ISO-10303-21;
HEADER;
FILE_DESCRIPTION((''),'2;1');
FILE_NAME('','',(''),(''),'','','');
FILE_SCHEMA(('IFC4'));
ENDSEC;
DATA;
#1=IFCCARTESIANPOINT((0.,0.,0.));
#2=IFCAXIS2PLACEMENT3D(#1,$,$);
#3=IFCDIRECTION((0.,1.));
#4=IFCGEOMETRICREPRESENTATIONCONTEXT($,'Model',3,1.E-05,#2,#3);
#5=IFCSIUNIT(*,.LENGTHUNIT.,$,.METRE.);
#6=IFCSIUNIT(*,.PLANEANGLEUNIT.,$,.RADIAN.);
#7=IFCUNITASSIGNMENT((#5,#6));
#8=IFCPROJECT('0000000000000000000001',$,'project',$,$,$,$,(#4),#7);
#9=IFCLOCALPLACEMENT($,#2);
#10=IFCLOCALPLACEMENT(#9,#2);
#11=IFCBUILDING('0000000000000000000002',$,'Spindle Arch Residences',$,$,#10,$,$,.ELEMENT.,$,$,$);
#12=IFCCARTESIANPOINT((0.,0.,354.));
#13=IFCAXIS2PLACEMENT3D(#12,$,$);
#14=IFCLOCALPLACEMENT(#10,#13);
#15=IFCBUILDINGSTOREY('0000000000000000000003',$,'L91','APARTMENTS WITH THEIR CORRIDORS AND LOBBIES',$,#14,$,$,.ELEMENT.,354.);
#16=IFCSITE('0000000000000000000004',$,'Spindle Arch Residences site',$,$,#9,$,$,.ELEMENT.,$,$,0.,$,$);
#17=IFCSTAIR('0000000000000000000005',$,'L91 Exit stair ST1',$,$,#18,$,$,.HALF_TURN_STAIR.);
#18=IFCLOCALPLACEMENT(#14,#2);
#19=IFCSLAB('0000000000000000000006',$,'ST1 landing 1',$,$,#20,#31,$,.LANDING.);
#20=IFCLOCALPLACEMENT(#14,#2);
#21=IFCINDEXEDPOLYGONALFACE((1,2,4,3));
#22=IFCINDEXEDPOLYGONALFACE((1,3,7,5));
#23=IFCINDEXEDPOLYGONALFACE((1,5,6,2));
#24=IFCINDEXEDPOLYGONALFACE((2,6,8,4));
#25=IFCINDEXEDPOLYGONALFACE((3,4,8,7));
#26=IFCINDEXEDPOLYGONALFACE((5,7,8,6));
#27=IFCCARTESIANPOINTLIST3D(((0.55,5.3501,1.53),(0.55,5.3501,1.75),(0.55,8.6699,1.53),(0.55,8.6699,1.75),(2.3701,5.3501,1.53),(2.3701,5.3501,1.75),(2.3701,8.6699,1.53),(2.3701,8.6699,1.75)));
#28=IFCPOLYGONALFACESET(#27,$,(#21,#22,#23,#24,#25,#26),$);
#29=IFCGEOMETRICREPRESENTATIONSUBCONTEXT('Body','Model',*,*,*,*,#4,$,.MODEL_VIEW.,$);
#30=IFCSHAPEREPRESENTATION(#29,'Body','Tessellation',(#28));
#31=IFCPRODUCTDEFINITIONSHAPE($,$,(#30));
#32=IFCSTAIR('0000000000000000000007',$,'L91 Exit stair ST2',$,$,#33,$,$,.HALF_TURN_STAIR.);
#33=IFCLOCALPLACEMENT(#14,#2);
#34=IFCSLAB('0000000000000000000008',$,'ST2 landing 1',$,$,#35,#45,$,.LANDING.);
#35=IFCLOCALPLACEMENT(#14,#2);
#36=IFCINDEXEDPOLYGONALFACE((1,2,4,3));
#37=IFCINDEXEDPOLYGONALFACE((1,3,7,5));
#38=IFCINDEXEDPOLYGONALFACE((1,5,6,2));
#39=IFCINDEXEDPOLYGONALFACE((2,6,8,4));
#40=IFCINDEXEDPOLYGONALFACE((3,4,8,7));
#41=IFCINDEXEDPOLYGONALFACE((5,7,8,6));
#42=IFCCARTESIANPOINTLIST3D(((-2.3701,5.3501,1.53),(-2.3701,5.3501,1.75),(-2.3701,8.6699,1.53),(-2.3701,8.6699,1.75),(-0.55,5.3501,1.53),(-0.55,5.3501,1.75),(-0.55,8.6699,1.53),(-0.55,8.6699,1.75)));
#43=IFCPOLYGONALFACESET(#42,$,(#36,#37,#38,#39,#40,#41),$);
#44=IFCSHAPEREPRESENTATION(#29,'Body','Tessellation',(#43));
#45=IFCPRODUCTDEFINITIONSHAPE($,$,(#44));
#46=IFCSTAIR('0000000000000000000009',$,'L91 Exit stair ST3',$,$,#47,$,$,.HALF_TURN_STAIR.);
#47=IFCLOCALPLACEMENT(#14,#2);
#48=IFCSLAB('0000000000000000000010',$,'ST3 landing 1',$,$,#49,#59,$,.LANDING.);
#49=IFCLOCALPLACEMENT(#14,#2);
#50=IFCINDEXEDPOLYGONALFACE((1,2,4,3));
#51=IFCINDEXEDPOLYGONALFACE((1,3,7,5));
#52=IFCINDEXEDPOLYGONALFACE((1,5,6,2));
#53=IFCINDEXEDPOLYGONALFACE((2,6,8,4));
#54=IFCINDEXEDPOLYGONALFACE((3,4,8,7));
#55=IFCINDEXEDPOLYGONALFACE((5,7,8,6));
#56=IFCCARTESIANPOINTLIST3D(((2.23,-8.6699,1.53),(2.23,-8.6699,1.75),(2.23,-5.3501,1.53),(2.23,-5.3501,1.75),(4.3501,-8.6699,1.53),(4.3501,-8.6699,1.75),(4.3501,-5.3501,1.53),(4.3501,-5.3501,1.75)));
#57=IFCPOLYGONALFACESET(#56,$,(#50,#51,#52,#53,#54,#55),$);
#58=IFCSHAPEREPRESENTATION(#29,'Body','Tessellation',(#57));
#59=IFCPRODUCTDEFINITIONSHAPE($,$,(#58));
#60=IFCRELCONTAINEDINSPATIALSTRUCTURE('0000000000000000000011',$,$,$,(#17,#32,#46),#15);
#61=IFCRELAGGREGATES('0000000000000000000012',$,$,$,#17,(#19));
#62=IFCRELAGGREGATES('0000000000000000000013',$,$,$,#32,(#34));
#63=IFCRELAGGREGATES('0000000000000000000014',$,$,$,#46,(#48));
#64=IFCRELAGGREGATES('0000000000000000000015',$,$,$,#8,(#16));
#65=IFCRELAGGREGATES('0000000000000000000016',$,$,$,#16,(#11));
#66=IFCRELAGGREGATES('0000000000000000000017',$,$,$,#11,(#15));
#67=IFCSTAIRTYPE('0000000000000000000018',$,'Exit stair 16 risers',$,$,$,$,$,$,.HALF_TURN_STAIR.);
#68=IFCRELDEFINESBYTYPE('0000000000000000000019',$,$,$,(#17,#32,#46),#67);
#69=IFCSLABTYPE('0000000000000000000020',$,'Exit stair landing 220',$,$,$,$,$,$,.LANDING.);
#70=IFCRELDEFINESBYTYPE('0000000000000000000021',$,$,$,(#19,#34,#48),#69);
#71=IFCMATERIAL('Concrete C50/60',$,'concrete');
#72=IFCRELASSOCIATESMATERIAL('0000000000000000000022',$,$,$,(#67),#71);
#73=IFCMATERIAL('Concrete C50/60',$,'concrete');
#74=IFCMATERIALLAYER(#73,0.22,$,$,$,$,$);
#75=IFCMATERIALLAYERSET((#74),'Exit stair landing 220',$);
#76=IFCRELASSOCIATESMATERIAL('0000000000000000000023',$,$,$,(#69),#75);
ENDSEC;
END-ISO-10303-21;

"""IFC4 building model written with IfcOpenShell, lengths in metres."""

from ifc_helpers import new_model, si_unit, direction, frame, origin, place, context, subcontext, project, spatial, polyline, outline, extrude, material, layer, layer_set, type_object, element, aggregate, save


model = new_model("IFC4")

# Units and contexts
model_context = context("Model", 3, precision=1e-05, world=origin(), true_north=direction((0.0, 1.0)))
body_context = subcontext(model_context, "Body", "Model", "MODEL_VIEW")
ifc_project = project(units=[si_unit("LENGTHUNIT", "METRE"), si_unit("PLANEANGLEUNIT", "RADIAN")], contexts=[model_context])

# Site, building, storey
site_placement = place(None, origin())
site = spatial("IfcSite", under=ifc_project, at=site_placement, Name="Spindle Arch Residences site", CompositionType="ELEMENT", RefElevation=0.0)
building_placement = place(site_placement, origin())
building = spatial("IfcBuilding", under=site, at=building_placement, Name="Spindle Arch Residences", CompositionType="ELEMENT")
storey_placement = place(building_placement, frame((0.0, 0.0, 354.0)))
storey = spatial("IfcBuildingStorey", under=building, at=storey_placement, Name="L91", Description="APARTMENTS WITH THEIR CORRIDORS AND LOBBIES", CompositionType="ELEMENT", Elevation=354.0)

# Stairs, slabs
ifc_material_1 = material(Name="Concrete C50/60", Category="concrete")
stair_type = type_object("IfcStairType", Name="Exit stair 16 risers", PredefinedType="HALF_TURN_STAIR", material=ifc_material_1)
stair_1_placement = place(storey_placement, origin())
stair_1 = element("IfcStair", 1, at=stair_1_placement, inside=storey, type_object=stair_type, Name="L91 Exit stair ST1", PredefinedType="HALF_TURN_STAIR")
ifc_material_2 = material(Name="Concrete C50/60", Category="concrete")
ifc_layer_1 = layer(ifc_material_2, 0.22)
ifc_layer_set_1 = layer_set([ifc_layer_1], Name="Exit stair landing 220")
slab_type_1 = type_object("IfcSlabType", Name="Exit stair landing 220", PredefinedType="LANDING", material=ifc_layer_set_1)
slab_1_placement = place(storey_placement, frame((0.0, 0.0, 1.53)))
slab_1 = element("IfcSlab", 2, at=slab_1_placement, type_object=slab_type_1, Name="ST1 landing 1", PredefinedType="LANDING", context=body_context, shape_type="SweptSolid", body=[
    extrude(outline(polyline([(2.3701, 8.6699), (0.55, 8.6699), (0.55, 5.3501), (2.3701, 5.3501), (2.3701, 8.6699)])), origin(), (0.0, 0.0, 1.0), 0.22),
])
aggregate(stair_1, [slab_1])
stair_2_placement = place(storey_placement, origin())
stair_2 = element("IfcStair", 3, at=stair_2_placement, inside=storey, type_object=stair_type, Name="L91 Exit stair ST2", PredefinedType="HALF_TURN_STAIR")
slab_2_placement = place(storey_placement, frame((0.0, 0.0, 1.53)))
slab_2 = element("IfcSlab", 4, at=slab_2_placement, type_object=slab_type_1, Name="ST2 landing 1", PredefinedType="LANDING", context=body_context, shape_type="SweptSolid", body=[
    extrude(outline(polyline([(-2.3701, 5.3501), (-0.55, 5.3501), (-0.55, 8.6699), (-2.3701, 8.6699), (-2.3701, 5.3501)])), origin(), (0.0, 0.0, 1.0), 0.22),
])
aggregate(stair_2, [slab_2])
stair_3_placement = place(storey_placement, origin())
stair_3 = element("IfcStair", 5, at=stair_3_placement, inside=storey, type_object=stair_type, Name="L91 Exit stair ST3", PredefinedType="HALF_TURN_STAIR")
slab_3_placement = place(storey_placement, frame((0.0, 0.0, 1.53)))
slab_3 = element("IfcSlab", 6, at=slab_3_placement, type_object=slab_type_1, Name="ST3 landing 1", PredefinedType="LANDING", context=body_context, shape_type="SweptSolid", body=[
    extrude(outline(polyline([(2.23, -8.6699), (4.3501, -8.6699), (4.3501, -5.3501), (2.23, -5.3501), (2.23, -8.6699)])), origin(), (0.0, 0.0, 1.0), 0.22),
])

aggregate(stair_3, [slab_3])

save(model, "model.ifc")
